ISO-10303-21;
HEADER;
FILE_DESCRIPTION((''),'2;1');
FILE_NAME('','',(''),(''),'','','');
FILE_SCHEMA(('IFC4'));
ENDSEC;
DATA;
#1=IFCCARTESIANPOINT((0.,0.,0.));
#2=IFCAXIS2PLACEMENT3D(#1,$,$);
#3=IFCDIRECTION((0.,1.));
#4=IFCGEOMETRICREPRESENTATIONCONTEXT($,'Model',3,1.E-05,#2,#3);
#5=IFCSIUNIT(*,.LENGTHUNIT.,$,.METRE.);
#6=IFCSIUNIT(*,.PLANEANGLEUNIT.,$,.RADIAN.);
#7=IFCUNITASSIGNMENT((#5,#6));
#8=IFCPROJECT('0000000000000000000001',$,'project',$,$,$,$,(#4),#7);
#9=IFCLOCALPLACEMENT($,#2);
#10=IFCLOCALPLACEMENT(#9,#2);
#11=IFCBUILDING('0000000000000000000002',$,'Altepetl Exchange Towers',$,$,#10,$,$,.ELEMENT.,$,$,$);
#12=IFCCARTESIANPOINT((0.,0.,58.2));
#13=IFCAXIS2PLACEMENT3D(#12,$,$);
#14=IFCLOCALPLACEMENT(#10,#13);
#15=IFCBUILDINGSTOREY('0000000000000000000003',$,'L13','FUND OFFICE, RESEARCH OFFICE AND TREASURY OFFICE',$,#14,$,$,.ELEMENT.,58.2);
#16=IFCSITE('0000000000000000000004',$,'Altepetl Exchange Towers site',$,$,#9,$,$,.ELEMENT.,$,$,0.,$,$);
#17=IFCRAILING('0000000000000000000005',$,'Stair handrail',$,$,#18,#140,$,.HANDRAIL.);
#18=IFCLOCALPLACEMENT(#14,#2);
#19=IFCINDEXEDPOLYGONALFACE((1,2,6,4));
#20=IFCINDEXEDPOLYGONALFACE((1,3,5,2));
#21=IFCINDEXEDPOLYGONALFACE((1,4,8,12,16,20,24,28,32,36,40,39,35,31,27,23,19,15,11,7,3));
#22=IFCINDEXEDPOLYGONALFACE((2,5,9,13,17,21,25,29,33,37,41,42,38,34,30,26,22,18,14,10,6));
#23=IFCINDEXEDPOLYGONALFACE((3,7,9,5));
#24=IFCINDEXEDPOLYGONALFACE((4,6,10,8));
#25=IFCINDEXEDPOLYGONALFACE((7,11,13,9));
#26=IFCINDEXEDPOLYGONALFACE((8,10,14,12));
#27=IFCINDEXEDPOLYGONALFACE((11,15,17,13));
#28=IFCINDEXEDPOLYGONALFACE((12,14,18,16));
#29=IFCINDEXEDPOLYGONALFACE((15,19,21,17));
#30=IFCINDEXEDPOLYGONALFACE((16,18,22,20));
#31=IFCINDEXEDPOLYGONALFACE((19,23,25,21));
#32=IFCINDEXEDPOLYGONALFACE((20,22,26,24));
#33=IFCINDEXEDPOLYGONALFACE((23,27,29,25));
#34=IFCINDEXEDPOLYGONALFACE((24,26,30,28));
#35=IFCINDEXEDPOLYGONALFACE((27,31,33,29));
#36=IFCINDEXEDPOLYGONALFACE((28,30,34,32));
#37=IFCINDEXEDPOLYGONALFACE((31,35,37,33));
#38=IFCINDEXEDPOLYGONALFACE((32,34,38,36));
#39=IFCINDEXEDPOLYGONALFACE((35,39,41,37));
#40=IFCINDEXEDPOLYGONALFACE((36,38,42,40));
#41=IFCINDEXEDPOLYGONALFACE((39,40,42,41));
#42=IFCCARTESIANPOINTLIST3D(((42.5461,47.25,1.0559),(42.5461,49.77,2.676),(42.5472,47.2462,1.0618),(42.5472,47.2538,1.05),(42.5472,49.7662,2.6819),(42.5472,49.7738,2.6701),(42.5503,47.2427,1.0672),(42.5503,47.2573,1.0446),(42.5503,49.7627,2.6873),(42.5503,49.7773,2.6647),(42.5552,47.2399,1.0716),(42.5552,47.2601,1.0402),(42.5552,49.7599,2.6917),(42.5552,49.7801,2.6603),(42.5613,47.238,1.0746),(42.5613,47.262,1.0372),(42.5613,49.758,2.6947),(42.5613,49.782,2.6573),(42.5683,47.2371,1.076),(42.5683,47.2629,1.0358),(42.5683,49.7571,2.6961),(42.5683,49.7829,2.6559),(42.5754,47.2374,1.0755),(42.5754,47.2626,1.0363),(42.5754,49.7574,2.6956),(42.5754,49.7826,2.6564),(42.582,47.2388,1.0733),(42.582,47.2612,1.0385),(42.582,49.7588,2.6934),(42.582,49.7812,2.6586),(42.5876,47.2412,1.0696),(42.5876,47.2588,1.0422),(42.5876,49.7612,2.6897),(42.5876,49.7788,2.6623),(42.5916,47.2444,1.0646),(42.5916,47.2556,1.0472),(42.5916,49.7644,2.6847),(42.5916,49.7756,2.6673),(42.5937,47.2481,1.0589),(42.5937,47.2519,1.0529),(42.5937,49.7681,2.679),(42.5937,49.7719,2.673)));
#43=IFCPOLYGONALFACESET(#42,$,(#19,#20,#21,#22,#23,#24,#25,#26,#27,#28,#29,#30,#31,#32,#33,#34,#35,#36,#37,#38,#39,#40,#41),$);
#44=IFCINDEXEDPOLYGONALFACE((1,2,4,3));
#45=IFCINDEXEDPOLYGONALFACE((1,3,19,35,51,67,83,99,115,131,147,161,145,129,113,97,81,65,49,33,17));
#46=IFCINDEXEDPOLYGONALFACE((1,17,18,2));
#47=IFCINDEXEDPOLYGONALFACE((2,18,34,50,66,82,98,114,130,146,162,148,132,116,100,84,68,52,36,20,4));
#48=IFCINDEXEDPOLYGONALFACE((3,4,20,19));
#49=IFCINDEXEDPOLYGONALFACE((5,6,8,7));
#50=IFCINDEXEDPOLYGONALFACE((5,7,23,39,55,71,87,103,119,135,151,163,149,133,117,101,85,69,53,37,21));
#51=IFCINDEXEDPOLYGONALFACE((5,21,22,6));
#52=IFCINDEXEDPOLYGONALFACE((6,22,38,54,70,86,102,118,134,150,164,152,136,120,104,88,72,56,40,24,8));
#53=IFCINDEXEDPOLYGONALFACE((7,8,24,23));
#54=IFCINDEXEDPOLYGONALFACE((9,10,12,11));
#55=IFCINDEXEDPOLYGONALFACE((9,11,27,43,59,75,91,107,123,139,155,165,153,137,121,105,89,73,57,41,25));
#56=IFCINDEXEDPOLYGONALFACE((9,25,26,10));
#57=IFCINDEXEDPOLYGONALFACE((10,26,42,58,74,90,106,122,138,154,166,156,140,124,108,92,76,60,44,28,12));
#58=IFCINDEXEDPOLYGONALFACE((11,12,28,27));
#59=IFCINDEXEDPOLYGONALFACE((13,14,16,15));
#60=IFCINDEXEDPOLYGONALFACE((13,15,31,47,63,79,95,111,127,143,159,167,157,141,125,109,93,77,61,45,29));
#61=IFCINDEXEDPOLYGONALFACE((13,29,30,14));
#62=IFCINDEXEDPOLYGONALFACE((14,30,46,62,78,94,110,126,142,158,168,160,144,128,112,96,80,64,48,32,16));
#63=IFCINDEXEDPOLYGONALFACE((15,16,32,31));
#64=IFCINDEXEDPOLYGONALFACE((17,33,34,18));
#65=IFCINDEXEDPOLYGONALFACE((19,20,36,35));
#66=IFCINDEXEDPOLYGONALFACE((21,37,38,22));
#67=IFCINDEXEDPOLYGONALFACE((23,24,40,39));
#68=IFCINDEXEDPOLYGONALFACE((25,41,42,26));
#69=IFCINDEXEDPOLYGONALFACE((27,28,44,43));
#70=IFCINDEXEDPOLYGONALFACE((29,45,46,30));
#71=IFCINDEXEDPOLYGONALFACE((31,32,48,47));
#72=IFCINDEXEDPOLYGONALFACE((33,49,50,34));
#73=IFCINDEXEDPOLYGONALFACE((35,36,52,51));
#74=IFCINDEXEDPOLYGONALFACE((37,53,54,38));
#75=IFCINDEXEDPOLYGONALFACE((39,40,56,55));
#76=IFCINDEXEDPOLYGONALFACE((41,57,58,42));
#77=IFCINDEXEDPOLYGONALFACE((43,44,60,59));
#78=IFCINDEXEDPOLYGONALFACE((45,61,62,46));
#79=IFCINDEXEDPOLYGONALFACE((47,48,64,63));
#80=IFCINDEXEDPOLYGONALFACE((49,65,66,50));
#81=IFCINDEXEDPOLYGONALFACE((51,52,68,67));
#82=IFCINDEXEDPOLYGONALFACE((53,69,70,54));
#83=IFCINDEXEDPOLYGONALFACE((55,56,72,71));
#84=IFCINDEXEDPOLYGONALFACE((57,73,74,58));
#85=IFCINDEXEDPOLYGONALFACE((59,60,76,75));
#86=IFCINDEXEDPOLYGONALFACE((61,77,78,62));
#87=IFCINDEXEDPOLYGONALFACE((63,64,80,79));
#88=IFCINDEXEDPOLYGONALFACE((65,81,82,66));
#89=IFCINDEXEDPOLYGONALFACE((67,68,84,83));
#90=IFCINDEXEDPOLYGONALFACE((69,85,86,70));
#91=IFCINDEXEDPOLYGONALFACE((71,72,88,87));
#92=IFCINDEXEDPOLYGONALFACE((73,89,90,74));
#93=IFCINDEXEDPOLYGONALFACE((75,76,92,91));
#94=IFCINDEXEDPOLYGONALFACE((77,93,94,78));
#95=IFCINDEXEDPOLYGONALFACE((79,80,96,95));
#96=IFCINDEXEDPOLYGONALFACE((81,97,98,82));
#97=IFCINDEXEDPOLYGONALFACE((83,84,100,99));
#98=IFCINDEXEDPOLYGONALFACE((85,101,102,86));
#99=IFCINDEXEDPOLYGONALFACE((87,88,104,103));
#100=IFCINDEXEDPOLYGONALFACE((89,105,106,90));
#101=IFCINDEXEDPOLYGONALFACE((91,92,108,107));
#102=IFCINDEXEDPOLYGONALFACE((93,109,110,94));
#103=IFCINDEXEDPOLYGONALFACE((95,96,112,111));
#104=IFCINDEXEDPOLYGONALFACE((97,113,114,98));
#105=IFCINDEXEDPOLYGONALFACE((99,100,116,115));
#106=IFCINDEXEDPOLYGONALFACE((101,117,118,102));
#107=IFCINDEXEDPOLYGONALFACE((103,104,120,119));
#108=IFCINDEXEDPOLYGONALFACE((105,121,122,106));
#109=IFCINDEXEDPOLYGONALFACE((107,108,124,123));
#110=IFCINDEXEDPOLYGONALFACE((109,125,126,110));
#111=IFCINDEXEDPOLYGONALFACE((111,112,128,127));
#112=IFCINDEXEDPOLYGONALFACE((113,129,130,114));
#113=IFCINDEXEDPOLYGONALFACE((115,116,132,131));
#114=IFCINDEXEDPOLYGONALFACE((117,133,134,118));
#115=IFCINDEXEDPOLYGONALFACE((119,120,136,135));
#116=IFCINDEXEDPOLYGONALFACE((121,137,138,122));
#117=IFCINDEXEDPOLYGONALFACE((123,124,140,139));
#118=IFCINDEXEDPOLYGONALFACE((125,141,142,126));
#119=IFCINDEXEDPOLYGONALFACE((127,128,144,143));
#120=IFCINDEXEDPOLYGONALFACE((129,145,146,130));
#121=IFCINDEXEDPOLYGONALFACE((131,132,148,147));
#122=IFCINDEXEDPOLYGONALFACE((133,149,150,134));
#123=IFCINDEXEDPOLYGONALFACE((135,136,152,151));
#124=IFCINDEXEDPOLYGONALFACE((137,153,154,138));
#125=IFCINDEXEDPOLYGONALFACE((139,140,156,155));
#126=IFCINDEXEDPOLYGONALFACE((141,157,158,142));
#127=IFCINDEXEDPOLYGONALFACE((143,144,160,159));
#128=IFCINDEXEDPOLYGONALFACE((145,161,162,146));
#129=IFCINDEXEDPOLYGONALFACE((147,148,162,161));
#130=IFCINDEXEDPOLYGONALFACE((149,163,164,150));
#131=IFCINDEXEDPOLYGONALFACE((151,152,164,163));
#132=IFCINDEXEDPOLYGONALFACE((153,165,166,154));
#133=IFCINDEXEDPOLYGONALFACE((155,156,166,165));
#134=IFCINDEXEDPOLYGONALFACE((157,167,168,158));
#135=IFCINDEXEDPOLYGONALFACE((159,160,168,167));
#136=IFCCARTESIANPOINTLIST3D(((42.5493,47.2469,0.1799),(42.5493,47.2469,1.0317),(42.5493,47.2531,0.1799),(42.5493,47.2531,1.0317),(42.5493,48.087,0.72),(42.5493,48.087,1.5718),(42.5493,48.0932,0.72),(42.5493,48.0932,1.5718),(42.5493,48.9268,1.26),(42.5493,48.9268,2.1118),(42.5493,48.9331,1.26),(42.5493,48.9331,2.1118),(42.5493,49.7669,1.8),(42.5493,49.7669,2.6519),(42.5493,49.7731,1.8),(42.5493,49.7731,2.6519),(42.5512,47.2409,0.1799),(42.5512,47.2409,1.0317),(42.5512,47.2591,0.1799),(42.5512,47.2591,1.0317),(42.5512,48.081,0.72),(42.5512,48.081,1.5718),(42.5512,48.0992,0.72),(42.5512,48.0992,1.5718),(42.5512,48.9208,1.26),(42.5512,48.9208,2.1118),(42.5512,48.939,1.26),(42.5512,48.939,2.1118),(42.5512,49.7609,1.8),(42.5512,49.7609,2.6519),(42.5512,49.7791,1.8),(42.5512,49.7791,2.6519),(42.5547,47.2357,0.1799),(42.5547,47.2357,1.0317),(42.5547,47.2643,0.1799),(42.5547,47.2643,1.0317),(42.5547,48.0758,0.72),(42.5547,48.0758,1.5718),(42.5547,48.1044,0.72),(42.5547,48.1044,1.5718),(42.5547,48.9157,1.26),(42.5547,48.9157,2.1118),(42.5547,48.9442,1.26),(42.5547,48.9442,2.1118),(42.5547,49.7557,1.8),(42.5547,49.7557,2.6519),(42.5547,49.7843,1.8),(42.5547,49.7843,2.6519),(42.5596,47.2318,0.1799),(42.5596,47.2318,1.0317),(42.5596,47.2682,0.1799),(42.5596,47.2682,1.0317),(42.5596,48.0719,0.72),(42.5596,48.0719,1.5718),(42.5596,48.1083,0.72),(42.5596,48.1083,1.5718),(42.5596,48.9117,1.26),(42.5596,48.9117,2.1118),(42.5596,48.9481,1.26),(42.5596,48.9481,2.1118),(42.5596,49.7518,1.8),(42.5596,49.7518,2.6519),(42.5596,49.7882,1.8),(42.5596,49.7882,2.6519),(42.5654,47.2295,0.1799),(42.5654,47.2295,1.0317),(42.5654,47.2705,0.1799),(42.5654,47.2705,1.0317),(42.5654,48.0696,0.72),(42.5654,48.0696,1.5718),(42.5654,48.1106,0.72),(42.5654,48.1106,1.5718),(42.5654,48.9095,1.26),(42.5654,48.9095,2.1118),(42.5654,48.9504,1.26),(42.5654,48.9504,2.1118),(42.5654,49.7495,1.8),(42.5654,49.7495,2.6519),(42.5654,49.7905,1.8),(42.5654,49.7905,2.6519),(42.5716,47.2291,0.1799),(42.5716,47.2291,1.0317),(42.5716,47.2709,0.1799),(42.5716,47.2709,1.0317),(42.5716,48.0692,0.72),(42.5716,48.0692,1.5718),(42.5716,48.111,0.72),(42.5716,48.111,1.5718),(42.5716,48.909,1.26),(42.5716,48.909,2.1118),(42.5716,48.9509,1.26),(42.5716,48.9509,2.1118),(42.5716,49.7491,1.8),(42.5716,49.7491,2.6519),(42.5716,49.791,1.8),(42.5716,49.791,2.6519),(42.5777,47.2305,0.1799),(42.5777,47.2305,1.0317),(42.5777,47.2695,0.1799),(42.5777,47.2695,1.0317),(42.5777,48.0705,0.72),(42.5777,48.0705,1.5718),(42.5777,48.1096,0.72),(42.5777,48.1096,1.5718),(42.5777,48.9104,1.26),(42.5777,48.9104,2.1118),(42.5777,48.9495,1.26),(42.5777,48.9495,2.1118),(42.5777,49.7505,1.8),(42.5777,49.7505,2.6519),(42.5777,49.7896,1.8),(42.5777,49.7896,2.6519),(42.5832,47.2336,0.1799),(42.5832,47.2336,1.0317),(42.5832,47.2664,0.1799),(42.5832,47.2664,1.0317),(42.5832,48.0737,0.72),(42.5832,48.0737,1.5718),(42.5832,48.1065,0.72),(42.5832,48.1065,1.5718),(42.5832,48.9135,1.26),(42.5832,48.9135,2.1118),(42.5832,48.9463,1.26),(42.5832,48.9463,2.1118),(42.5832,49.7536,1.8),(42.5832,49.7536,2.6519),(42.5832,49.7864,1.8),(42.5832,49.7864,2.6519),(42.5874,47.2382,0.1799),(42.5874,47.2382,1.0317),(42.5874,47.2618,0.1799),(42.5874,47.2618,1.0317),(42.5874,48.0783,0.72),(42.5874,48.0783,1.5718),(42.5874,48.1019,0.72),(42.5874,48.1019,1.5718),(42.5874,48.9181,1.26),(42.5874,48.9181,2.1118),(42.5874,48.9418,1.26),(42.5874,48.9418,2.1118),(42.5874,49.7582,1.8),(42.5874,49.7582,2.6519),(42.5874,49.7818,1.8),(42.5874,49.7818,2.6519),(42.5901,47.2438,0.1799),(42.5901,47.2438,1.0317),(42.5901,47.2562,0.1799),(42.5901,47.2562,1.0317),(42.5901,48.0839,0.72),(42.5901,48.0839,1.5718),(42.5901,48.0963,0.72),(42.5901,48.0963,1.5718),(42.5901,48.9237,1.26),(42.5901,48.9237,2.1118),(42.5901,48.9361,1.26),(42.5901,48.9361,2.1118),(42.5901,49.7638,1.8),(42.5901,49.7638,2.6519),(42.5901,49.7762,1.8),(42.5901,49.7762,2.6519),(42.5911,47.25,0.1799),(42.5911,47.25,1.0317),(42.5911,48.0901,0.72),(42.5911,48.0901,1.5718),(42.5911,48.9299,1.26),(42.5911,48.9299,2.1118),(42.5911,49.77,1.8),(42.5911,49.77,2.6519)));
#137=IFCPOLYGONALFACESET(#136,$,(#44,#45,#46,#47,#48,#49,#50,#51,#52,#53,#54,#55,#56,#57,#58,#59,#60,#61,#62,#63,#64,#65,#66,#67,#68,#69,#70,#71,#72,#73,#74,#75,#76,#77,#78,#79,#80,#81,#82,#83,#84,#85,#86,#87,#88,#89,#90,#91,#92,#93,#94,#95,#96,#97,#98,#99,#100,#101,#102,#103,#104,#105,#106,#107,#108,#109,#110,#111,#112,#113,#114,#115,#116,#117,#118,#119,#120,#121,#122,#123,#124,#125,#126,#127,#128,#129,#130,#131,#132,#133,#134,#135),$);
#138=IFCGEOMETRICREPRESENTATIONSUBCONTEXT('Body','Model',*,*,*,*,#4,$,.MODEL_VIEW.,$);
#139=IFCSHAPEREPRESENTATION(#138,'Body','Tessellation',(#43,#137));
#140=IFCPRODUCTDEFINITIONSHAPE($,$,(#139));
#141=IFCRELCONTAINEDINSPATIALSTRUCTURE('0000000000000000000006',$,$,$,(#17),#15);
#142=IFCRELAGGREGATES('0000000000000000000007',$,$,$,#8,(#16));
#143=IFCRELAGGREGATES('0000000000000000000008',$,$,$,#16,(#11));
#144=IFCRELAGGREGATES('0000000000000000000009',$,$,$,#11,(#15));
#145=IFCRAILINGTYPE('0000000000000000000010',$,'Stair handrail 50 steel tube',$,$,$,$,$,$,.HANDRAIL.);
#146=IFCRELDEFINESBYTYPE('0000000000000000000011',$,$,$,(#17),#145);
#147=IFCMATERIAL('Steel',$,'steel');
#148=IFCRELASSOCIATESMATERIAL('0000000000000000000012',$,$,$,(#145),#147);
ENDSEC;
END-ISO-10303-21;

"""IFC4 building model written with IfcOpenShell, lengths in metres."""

from ifc_helpers import new_model, si_unit, direction, frame, origin, origin_2d, place, context, subcontext, project, spatial, circle, extrude, source, transform, mapped, material, type_object, element, save


model = new_model("IFC4")

# Units and contexts
model_context = context("Model", 3, precision=1e-05, world=origin(), true_north=direction((0.0, 1.0)))
body_context = subcontext(model_context, "Body", "Model", "MODEL_VIEW")
ifc_project = project(units=[si_unit("LENGTHUNIT", "METRE"), si_unit("PLANEANGLEUNIT", "RADIAN")], contexts=[model_context])

# Site, building, storey
site_placement = place(None, origin())
site = spatial("IfcSite", under=ifc_project, at=site_placement, Name="Altepetl Exchange Towers site", CompositionType="ELEMENT", RefElevation=0.0)
building_placement = place(site_placement, origin())
building = spatial("IfcBuilding", under=site, at=building_placement, Name="Altepetl Exchange Towers", CompositionType="ELEMENT")
storey_placement = place(building_placement, frame((0.0, 0.0, 58.2)))
storey = spatial("IfcBuildingStorey", under=building, at=storey_placement, Name="L13", Description="FUND OFFICE, RESEARCH OFFICE AND TREASURY OFFICE", CompositionType="ELEMENT", Elevation=58.2)

# Railing
ifc_material_1 = material(Name="Steel", Category="steel")
railing_type = type_object("IfcRailingType", Name="Stair handrail 50 steel tube", PredefinedType="HANDRAIL", material=ifc_material_1)
shared_shape = source(origin(), body_context, "Body", "SweptSolid", [
    extrude(circle(Radius=0.021, at=origin_2d()), origin(), (0.0, 0.0, 1.0), 0.8518),
])
railing_placement = place(storey_placement, frame((42.5701, 47.25, 0.1799)))
element("IfcRailing", 1, at=railing_placement, inside=storey, type_object=railing_type, Name="Stair handrail", PredefinedType="HANDRAIL", context=body_context, shape_type="SweptSolid", body=[
    extrude(circle(Radius=0.0239, at=origin_2d()), frame((0.0, 0.0, 0.876), z_axis=(0.0, 0.841163, 0.540782), x_axis=(-1.0, 0.0, 0.0)), (0.0, 0.0, 1.0), 2.9958),
    mapped(shared_shape, transform((0.0, 0.0, 0.0))),
    mapped(shared_shape, transform((0.0, 0.8401, 0.54))),
    mapped(shared_shape, transform((0.0, 1.6799, 1.0801))),
    mapped(shared_shape, transform((0.0, 2.52, 1.6201))),
])

save(model, "model.ifc")
